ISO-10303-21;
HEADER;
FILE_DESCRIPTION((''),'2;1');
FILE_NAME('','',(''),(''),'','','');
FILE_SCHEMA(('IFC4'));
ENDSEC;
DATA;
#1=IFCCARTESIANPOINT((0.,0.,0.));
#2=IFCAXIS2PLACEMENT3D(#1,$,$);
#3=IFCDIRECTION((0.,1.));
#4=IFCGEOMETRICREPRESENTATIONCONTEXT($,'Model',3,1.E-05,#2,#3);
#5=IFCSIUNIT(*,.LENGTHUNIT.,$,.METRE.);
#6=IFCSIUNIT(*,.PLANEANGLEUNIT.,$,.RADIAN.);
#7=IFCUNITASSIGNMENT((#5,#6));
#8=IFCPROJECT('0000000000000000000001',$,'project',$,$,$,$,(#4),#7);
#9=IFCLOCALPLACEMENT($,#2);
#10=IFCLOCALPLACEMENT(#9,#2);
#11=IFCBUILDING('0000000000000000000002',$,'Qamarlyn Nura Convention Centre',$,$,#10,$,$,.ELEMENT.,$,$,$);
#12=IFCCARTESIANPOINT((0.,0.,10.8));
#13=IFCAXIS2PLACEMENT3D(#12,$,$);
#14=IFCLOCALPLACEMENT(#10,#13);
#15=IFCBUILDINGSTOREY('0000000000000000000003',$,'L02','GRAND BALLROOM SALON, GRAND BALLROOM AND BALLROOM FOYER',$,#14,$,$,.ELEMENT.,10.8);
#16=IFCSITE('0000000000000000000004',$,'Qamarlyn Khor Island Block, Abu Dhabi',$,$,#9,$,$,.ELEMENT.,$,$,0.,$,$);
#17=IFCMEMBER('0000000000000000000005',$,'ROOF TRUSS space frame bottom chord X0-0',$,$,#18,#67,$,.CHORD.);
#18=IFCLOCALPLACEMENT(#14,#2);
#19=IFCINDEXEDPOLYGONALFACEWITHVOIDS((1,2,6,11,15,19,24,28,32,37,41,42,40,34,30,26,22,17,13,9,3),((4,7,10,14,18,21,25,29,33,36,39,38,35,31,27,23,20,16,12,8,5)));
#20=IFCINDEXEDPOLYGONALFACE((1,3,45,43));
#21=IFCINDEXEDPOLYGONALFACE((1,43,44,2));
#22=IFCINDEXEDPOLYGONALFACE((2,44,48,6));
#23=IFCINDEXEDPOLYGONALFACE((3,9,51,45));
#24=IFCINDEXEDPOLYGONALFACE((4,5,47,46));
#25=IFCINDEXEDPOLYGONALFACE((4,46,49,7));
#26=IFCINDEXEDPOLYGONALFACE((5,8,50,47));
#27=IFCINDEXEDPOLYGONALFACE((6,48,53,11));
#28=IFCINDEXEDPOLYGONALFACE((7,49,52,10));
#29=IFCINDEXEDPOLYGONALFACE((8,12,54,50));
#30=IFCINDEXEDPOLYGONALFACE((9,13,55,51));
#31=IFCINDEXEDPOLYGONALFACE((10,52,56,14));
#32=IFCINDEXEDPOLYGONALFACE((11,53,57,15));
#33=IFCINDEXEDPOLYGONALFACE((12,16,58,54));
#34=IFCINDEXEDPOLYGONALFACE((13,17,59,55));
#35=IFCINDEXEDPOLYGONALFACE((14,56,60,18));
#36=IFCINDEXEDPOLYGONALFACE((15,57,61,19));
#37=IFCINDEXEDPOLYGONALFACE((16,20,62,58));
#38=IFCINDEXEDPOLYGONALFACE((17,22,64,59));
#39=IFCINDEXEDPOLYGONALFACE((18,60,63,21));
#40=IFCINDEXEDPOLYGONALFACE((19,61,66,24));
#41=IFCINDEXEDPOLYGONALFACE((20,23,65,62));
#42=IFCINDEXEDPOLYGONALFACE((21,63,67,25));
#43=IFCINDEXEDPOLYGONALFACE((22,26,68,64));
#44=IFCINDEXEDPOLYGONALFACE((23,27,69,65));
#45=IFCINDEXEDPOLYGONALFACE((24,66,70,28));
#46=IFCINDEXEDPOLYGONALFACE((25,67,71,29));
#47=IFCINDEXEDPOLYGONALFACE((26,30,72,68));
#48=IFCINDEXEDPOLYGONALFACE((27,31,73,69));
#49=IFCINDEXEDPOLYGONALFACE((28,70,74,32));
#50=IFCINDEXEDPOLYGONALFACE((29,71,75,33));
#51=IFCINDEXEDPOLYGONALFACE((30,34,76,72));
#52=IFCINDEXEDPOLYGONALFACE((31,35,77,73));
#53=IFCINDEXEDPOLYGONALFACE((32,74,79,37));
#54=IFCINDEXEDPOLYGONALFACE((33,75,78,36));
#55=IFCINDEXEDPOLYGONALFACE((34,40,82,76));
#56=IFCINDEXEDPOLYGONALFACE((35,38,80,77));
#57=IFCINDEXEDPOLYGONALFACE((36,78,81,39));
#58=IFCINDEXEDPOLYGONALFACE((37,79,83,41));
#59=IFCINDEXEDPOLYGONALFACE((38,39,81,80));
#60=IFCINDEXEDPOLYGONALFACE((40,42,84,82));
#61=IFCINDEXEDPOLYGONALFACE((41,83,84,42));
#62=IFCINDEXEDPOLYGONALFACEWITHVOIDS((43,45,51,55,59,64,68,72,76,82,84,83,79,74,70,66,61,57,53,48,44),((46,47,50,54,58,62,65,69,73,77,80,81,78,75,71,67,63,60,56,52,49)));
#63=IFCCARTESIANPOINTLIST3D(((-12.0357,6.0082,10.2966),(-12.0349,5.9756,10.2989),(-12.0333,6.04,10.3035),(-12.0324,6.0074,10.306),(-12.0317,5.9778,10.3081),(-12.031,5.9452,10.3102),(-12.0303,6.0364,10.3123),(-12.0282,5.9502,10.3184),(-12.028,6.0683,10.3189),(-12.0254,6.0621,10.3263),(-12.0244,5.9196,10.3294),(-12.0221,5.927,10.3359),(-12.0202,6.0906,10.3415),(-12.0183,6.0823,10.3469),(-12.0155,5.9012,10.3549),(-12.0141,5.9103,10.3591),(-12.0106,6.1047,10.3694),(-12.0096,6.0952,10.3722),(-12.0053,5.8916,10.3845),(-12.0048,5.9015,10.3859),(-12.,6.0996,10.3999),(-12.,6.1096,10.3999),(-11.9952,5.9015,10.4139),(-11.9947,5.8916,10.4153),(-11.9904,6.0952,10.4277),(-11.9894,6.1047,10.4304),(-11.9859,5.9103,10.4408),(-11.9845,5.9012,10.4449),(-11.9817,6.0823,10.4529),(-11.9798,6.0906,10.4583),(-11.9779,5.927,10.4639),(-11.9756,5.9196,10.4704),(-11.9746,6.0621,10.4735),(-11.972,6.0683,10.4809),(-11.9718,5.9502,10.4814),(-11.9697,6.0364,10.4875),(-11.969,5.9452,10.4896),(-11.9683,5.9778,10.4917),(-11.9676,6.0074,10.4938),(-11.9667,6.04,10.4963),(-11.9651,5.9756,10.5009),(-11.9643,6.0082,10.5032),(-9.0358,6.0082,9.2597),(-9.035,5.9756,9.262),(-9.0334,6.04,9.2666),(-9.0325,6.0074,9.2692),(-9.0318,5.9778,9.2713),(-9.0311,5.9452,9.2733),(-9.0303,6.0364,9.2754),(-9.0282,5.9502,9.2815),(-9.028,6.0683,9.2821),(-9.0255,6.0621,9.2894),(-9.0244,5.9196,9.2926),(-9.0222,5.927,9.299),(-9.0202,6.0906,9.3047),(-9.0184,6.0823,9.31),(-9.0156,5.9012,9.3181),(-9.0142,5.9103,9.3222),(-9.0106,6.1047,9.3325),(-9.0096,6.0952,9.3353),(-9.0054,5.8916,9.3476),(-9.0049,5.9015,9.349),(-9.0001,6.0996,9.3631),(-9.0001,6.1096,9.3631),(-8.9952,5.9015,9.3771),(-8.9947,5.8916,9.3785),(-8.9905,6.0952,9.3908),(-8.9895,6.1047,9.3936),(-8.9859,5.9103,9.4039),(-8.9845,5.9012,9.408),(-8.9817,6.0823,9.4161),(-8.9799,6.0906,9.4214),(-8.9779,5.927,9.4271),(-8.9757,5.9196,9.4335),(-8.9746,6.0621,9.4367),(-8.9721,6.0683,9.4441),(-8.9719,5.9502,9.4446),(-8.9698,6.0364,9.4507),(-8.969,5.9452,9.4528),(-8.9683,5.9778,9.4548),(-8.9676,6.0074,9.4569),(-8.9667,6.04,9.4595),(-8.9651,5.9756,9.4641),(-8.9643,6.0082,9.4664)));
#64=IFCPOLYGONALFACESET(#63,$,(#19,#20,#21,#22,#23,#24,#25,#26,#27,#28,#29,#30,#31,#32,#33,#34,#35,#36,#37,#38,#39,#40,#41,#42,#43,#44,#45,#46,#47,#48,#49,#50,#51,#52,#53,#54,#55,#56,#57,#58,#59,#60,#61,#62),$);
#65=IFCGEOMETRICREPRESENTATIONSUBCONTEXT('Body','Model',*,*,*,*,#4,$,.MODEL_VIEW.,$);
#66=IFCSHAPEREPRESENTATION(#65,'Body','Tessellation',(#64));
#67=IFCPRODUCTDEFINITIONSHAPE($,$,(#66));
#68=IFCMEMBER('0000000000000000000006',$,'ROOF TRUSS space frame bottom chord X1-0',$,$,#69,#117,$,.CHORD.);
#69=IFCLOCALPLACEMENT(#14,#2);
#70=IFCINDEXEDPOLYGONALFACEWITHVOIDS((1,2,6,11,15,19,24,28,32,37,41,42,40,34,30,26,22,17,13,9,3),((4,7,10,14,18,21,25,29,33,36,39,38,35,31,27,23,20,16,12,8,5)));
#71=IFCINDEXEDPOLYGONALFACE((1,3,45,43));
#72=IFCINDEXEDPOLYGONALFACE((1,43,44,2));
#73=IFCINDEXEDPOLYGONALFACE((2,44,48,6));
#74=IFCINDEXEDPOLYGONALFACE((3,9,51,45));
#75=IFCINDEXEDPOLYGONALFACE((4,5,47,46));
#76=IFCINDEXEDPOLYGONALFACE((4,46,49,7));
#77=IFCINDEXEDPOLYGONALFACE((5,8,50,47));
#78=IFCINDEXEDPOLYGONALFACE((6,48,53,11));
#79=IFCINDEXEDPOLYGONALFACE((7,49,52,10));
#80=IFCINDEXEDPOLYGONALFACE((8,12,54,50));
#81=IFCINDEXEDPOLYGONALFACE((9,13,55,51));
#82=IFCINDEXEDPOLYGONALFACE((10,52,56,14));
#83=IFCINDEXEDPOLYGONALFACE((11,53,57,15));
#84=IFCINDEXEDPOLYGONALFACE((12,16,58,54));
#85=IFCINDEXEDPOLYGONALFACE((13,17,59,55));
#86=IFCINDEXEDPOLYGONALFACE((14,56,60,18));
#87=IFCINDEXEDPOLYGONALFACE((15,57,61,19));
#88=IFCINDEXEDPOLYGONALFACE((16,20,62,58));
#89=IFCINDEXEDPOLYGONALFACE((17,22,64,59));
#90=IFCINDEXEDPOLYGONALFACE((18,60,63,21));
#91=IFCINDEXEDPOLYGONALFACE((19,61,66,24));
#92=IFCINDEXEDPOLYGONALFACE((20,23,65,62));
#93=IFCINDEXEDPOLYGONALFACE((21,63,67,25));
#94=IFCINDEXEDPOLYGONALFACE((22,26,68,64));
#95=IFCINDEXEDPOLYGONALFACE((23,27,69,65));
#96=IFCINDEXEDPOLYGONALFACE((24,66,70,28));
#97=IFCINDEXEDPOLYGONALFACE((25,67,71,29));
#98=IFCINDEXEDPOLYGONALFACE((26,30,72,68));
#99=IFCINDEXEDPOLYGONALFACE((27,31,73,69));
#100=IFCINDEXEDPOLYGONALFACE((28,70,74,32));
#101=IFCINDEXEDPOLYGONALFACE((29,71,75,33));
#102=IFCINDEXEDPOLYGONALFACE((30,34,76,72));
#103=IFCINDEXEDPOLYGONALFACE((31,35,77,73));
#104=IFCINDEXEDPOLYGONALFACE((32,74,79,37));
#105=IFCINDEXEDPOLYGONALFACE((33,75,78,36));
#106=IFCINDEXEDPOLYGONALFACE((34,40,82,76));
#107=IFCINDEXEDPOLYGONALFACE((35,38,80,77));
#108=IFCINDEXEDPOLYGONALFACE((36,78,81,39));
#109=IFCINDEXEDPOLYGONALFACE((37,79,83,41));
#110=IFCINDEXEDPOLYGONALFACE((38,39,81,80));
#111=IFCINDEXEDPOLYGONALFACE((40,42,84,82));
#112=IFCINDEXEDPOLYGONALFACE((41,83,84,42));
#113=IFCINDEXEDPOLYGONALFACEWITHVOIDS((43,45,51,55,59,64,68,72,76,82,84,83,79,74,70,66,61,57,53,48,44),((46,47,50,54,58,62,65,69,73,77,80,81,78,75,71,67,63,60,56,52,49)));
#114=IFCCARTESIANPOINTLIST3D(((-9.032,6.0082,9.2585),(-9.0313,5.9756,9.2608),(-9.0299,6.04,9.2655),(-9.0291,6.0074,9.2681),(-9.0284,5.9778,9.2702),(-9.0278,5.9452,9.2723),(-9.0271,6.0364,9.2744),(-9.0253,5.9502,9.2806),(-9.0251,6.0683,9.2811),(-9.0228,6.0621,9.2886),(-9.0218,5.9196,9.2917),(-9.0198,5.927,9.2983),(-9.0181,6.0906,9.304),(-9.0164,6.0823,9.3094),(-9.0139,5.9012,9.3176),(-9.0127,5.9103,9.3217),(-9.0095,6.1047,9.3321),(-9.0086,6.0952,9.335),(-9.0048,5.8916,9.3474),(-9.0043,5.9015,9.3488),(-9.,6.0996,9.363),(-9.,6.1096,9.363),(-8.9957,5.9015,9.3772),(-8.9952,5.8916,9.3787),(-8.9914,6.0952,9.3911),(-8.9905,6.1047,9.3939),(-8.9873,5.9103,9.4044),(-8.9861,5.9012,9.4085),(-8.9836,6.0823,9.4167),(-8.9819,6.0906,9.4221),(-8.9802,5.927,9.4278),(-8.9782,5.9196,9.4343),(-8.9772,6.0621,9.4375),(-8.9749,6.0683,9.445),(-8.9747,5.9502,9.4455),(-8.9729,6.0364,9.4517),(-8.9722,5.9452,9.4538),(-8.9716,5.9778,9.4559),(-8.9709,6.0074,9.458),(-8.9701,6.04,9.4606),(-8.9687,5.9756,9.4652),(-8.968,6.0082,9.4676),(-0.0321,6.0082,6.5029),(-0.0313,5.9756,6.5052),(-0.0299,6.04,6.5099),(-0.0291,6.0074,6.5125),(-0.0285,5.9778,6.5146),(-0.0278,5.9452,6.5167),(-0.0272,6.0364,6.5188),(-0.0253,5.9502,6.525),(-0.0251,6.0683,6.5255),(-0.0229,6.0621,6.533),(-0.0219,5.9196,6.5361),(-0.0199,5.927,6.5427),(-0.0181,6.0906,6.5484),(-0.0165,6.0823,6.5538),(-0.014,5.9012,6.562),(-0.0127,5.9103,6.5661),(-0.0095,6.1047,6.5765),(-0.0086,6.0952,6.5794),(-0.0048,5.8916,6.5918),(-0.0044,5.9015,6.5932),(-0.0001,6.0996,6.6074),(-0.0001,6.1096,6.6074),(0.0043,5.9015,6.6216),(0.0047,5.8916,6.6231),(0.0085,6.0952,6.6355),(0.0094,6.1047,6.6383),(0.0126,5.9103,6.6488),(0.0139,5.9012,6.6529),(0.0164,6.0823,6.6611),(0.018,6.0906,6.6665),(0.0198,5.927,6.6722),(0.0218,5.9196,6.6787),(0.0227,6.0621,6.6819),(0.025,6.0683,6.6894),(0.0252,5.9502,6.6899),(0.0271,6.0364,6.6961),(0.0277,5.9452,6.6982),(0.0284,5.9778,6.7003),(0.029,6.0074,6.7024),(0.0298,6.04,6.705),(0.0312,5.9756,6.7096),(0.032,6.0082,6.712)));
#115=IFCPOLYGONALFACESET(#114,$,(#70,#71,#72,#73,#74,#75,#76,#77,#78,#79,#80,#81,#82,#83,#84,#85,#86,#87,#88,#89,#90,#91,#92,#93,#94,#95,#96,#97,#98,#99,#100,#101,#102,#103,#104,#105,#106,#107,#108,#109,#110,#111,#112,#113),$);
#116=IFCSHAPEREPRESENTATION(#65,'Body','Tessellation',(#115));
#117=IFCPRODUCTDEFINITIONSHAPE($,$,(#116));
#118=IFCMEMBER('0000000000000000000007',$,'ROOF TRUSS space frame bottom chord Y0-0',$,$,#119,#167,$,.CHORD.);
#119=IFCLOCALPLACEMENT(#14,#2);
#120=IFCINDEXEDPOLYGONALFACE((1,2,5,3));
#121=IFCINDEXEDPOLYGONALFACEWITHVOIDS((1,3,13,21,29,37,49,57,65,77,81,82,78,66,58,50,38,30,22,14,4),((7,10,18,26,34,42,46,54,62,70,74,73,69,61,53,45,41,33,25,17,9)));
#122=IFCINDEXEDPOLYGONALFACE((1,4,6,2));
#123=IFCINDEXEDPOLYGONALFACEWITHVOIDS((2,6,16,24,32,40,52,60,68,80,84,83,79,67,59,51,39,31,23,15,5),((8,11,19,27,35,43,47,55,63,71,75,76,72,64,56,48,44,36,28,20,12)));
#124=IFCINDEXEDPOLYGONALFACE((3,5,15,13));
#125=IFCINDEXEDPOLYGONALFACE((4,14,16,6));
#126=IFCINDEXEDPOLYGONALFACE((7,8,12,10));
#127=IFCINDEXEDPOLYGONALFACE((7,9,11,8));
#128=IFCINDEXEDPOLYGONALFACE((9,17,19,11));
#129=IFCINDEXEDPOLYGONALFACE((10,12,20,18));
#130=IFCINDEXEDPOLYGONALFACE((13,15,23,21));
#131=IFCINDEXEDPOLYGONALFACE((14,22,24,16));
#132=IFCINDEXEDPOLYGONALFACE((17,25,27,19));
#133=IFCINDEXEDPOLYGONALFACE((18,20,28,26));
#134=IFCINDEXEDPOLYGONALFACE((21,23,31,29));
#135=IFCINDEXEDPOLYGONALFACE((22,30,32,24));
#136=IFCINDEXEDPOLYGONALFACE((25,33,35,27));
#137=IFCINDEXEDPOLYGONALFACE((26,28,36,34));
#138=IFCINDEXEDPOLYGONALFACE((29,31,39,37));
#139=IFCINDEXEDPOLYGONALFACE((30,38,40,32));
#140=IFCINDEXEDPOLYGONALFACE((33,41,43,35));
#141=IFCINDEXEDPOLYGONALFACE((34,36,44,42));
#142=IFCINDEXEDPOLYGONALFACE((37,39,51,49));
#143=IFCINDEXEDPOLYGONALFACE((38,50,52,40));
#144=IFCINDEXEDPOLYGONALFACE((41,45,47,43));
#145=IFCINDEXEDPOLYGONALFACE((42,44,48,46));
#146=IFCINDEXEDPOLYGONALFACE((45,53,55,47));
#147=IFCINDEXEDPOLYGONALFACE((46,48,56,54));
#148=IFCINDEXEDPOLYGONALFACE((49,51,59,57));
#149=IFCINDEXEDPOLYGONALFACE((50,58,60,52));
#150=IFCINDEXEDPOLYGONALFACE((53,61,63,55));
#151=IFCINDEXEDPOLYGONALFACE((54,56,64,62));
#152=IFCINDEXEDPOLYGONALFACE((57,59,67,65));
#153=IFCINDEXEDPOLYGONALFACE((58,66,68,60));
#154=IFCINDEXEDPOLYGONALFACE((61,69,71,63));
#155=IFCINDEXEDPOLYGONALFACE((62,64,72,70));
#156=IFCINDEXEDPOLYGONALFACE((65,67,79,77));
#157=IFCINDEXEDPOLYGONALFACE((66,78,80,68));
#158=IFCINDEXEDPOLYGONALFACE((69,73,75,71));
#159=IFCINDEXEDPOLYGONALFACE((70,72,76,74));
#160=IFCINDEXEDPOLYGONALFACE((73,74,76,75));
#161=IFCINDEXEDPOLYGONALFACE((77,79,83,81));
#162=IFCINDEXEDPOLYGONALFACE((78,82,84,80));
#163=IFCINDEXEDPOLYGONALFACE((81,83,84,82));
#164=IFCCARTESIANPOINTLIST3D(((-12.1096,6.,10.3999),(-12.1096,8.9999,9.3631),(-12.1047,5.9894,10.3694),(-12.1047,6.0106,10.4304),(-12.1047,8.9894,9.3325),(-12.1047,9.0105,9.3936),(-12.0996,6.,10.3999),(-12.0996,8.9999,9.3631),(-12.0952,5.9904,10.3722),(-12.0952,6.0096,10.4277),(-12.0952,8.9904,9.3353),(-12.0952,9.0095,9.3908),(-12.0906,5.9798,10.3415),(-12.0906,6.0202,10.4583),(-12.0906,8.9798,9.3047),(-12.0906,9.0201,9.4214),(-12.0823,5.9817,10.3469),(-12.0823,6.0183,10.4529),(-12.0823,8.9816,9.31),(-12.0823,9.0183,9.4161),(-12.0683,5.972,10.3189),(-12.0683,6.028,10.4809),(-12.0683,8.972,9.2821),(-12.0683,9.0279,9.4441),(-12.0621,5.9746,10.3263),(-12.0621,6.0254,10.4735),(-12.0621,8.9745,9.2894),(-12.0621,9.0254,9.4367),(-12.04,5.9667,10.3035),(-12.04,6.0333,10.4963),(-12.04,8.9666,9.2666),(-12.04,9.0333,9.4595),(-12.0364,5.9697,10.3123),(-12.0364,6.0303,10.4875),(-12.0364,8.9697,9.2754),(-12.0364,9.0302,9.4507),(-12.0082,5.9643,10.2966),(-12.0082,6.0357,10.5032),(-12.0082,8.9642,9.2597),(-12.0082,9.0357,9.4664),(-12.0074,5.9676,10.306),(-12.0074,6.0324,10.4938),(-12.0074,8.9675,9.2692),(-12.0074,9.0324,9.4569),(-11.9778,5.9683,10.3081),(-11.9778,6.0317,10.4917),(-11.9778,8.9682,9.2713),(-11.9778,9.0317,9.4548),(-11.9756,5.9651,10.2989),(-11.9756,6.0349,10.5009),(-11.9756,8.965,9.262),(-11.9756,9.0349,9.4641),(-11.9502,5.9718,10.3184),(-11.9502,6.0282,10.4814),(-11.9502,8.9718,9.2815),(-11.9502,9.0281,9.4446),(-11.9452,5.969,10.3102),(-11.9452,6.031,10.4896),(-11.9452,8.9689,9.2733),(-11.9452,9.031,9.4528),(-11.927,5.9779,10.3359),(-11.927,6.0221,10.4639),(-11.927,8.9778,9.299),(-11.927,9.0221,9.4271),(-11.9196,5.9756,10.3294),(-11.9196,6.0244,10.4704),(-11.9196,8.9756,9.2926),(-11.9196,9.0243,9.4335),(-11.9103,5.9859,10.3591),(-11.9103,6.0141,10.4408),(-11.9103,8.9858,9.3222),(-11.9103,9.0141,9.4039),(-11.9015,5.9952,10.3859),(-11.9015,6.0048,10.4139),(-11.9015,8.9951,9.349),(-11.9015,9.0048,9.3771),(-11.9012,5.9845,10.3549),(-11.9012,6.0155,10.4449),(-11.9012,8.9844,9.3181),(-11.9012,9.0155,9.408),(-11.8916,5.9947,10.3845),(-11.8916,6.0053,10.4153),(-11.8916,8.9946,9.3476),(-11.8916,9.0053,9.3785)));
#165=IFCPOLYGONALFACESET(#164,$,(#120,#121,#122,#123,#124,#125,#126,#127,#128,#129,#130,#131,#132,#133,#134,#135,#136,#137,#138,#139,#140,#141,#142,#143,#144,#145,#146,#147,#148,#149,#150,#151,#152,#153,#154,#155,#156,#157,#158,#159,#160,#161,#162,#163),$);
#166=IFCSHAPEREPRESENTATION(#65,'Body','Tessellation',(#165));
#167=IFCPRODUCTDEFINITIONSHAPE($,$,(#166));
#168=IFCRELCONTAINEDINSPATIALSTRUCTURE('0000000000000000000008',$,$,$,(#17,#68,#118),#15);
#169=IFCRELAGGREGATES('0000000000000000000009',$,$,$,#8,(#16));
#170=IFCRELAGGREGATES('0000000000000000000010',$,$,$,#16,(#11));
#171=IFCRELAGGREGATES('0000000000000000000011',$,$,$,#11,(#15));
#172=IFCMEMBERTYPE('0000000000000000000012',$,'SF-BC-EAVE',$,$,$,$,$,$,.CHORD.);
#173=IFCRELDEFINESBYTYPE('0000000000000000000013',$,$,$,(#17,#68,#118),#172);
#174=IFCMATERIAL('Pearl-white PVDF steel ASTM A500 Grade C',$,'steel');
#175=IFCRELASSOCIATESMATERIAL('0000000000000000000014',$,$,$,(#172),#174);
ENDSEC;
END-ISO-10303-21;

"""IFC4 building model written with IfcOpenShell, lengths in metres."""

from ifc_helpers import new_model, si_unit, direction, frame, origin, origin_2d, place, context, subcontext, project, spatial, hollow_circle, extrude, material, material_profile, profile_set, type_object, element, save


model = new_model("IFC4")

# Units and contexts
model_context = context("Model", 3, precision=1e-05, world=origin(), true_north=direction((0.0, 1.0)))
body_context = subcontext(model_context, "Body", "Model", "MODEL_VIEW")
ifc_project = project(units=[si_unit("LENGTHUNIT", "METRE"), si_unit("PLANEANGLEUNIT", "RADIAN")], contexts=[model_context])

# Site, building, storey
site_placement = place(None, origin())
site = spatial("IfcSite", under=ifc_project, at=site_placement, Name="Qamarlyn Khor Island Block, Abu Dhabi", CompositionType="ELEMENT", RefElevation=0.0)
building_placement = place(site_placement, origin())
building = spatial("IfcBuilding", under=site, at=building_placement, Name="Qamarlyn Nura Convention Centre", CompositionType="ELEMENT")
storey_placement = place(building_placement, frame((0.0, 0.0, 10.8)))
storey = spatial("IfcBuildingStorey", under=building, at=storey_placement, Name="L02", Description="GRAND BALLROOM SALON, GRAND BALLROOM AND BALLROOM FOYER", CompositionType="ELEMENT", Elevation=10.8)

# Members
ifc_material_1 = material(Name="Pearl-white PVDF steel ASTM A500 Grade C", Category="steel")
ifc_material_profile_1 = material_profile(ifc_material_1, hollow_circle(Radius=0.1096, WallThickness=0.01, at=origin_2d()), Name="CHS219.1X10")
ifc_profile_set_1 = profile_set([ifc_material_profile_1], Name="Pearl-white PVDF steel ASTM A500 Grade C")
member_type_1 = type_object("IfcMemberType", Name="SF-BC-EAVE", PredefinedType="CHORD", material=ifc_profile_set_1)
member_1_placement = place(storey_placement, frame((-12.0, 6.0, 10.3999), z_axis=(0.945141, 0.0, -0.326661), x_axis=(0.0, 1.0, 0.0)))
element("IfcMember", 1, at=member_1_placement, inside=storey, type_object=member_type_1, Name="ROOF TRUSS space frame bottom chord X0-0", PredefinedType="CHORD", context=body_context, shape_type="SweptSolid", body=[
    extrude(hollow_circle(Radius=0.1096, WallThickness=0.01, at=origin_2d()), origin(), (0.0, 0.0, 1.0), 3.1741),
])
member_2_placement = place(storey_placement, frame((-9.0, 6.0, 9.363), z_axis=(0.956185, 0.0, -0.292764), x_axis=(0.0, 1.0, 0.0)))
element("IfcMember", 2, at=member_2_placement, inside=storey, type_object=member_type_1, Name="ROOF TRUSS space frame bottom chord X1-0", PredefinedType="CHORD", context=body_context, shape_type="SweptSolid", body=[
    extrude(hollow_circle(Radius=0.1096, WallThickness=0.01, at=origin_2d()), origin(), (0.0, 0.0, 1.0), 9.4124),
])
member_3_placement = place(storey_placement, frame((-12.0, 6.0, 10.3999), z_axis=(0.0, 0.945141, -0.326661), x_axis=(-1.0, 0.0, 0.0)))
element("IfcMember", 3, at=member_3_placement, inside=storey, type_object=member_type_1, Name="ROOF TRUSS space frame bottom chord Y0-0", PredefinedType="CHORD", context=body_context, shape_type="SweptSolid", body=[
    extrude(hollow_circle(Radius=0.1096, WallThickness=0.01, at=origin_2d()), origin(), (0.0, 0.0, 1.0), 3.1741),
])

save(model, "model.ifc")
